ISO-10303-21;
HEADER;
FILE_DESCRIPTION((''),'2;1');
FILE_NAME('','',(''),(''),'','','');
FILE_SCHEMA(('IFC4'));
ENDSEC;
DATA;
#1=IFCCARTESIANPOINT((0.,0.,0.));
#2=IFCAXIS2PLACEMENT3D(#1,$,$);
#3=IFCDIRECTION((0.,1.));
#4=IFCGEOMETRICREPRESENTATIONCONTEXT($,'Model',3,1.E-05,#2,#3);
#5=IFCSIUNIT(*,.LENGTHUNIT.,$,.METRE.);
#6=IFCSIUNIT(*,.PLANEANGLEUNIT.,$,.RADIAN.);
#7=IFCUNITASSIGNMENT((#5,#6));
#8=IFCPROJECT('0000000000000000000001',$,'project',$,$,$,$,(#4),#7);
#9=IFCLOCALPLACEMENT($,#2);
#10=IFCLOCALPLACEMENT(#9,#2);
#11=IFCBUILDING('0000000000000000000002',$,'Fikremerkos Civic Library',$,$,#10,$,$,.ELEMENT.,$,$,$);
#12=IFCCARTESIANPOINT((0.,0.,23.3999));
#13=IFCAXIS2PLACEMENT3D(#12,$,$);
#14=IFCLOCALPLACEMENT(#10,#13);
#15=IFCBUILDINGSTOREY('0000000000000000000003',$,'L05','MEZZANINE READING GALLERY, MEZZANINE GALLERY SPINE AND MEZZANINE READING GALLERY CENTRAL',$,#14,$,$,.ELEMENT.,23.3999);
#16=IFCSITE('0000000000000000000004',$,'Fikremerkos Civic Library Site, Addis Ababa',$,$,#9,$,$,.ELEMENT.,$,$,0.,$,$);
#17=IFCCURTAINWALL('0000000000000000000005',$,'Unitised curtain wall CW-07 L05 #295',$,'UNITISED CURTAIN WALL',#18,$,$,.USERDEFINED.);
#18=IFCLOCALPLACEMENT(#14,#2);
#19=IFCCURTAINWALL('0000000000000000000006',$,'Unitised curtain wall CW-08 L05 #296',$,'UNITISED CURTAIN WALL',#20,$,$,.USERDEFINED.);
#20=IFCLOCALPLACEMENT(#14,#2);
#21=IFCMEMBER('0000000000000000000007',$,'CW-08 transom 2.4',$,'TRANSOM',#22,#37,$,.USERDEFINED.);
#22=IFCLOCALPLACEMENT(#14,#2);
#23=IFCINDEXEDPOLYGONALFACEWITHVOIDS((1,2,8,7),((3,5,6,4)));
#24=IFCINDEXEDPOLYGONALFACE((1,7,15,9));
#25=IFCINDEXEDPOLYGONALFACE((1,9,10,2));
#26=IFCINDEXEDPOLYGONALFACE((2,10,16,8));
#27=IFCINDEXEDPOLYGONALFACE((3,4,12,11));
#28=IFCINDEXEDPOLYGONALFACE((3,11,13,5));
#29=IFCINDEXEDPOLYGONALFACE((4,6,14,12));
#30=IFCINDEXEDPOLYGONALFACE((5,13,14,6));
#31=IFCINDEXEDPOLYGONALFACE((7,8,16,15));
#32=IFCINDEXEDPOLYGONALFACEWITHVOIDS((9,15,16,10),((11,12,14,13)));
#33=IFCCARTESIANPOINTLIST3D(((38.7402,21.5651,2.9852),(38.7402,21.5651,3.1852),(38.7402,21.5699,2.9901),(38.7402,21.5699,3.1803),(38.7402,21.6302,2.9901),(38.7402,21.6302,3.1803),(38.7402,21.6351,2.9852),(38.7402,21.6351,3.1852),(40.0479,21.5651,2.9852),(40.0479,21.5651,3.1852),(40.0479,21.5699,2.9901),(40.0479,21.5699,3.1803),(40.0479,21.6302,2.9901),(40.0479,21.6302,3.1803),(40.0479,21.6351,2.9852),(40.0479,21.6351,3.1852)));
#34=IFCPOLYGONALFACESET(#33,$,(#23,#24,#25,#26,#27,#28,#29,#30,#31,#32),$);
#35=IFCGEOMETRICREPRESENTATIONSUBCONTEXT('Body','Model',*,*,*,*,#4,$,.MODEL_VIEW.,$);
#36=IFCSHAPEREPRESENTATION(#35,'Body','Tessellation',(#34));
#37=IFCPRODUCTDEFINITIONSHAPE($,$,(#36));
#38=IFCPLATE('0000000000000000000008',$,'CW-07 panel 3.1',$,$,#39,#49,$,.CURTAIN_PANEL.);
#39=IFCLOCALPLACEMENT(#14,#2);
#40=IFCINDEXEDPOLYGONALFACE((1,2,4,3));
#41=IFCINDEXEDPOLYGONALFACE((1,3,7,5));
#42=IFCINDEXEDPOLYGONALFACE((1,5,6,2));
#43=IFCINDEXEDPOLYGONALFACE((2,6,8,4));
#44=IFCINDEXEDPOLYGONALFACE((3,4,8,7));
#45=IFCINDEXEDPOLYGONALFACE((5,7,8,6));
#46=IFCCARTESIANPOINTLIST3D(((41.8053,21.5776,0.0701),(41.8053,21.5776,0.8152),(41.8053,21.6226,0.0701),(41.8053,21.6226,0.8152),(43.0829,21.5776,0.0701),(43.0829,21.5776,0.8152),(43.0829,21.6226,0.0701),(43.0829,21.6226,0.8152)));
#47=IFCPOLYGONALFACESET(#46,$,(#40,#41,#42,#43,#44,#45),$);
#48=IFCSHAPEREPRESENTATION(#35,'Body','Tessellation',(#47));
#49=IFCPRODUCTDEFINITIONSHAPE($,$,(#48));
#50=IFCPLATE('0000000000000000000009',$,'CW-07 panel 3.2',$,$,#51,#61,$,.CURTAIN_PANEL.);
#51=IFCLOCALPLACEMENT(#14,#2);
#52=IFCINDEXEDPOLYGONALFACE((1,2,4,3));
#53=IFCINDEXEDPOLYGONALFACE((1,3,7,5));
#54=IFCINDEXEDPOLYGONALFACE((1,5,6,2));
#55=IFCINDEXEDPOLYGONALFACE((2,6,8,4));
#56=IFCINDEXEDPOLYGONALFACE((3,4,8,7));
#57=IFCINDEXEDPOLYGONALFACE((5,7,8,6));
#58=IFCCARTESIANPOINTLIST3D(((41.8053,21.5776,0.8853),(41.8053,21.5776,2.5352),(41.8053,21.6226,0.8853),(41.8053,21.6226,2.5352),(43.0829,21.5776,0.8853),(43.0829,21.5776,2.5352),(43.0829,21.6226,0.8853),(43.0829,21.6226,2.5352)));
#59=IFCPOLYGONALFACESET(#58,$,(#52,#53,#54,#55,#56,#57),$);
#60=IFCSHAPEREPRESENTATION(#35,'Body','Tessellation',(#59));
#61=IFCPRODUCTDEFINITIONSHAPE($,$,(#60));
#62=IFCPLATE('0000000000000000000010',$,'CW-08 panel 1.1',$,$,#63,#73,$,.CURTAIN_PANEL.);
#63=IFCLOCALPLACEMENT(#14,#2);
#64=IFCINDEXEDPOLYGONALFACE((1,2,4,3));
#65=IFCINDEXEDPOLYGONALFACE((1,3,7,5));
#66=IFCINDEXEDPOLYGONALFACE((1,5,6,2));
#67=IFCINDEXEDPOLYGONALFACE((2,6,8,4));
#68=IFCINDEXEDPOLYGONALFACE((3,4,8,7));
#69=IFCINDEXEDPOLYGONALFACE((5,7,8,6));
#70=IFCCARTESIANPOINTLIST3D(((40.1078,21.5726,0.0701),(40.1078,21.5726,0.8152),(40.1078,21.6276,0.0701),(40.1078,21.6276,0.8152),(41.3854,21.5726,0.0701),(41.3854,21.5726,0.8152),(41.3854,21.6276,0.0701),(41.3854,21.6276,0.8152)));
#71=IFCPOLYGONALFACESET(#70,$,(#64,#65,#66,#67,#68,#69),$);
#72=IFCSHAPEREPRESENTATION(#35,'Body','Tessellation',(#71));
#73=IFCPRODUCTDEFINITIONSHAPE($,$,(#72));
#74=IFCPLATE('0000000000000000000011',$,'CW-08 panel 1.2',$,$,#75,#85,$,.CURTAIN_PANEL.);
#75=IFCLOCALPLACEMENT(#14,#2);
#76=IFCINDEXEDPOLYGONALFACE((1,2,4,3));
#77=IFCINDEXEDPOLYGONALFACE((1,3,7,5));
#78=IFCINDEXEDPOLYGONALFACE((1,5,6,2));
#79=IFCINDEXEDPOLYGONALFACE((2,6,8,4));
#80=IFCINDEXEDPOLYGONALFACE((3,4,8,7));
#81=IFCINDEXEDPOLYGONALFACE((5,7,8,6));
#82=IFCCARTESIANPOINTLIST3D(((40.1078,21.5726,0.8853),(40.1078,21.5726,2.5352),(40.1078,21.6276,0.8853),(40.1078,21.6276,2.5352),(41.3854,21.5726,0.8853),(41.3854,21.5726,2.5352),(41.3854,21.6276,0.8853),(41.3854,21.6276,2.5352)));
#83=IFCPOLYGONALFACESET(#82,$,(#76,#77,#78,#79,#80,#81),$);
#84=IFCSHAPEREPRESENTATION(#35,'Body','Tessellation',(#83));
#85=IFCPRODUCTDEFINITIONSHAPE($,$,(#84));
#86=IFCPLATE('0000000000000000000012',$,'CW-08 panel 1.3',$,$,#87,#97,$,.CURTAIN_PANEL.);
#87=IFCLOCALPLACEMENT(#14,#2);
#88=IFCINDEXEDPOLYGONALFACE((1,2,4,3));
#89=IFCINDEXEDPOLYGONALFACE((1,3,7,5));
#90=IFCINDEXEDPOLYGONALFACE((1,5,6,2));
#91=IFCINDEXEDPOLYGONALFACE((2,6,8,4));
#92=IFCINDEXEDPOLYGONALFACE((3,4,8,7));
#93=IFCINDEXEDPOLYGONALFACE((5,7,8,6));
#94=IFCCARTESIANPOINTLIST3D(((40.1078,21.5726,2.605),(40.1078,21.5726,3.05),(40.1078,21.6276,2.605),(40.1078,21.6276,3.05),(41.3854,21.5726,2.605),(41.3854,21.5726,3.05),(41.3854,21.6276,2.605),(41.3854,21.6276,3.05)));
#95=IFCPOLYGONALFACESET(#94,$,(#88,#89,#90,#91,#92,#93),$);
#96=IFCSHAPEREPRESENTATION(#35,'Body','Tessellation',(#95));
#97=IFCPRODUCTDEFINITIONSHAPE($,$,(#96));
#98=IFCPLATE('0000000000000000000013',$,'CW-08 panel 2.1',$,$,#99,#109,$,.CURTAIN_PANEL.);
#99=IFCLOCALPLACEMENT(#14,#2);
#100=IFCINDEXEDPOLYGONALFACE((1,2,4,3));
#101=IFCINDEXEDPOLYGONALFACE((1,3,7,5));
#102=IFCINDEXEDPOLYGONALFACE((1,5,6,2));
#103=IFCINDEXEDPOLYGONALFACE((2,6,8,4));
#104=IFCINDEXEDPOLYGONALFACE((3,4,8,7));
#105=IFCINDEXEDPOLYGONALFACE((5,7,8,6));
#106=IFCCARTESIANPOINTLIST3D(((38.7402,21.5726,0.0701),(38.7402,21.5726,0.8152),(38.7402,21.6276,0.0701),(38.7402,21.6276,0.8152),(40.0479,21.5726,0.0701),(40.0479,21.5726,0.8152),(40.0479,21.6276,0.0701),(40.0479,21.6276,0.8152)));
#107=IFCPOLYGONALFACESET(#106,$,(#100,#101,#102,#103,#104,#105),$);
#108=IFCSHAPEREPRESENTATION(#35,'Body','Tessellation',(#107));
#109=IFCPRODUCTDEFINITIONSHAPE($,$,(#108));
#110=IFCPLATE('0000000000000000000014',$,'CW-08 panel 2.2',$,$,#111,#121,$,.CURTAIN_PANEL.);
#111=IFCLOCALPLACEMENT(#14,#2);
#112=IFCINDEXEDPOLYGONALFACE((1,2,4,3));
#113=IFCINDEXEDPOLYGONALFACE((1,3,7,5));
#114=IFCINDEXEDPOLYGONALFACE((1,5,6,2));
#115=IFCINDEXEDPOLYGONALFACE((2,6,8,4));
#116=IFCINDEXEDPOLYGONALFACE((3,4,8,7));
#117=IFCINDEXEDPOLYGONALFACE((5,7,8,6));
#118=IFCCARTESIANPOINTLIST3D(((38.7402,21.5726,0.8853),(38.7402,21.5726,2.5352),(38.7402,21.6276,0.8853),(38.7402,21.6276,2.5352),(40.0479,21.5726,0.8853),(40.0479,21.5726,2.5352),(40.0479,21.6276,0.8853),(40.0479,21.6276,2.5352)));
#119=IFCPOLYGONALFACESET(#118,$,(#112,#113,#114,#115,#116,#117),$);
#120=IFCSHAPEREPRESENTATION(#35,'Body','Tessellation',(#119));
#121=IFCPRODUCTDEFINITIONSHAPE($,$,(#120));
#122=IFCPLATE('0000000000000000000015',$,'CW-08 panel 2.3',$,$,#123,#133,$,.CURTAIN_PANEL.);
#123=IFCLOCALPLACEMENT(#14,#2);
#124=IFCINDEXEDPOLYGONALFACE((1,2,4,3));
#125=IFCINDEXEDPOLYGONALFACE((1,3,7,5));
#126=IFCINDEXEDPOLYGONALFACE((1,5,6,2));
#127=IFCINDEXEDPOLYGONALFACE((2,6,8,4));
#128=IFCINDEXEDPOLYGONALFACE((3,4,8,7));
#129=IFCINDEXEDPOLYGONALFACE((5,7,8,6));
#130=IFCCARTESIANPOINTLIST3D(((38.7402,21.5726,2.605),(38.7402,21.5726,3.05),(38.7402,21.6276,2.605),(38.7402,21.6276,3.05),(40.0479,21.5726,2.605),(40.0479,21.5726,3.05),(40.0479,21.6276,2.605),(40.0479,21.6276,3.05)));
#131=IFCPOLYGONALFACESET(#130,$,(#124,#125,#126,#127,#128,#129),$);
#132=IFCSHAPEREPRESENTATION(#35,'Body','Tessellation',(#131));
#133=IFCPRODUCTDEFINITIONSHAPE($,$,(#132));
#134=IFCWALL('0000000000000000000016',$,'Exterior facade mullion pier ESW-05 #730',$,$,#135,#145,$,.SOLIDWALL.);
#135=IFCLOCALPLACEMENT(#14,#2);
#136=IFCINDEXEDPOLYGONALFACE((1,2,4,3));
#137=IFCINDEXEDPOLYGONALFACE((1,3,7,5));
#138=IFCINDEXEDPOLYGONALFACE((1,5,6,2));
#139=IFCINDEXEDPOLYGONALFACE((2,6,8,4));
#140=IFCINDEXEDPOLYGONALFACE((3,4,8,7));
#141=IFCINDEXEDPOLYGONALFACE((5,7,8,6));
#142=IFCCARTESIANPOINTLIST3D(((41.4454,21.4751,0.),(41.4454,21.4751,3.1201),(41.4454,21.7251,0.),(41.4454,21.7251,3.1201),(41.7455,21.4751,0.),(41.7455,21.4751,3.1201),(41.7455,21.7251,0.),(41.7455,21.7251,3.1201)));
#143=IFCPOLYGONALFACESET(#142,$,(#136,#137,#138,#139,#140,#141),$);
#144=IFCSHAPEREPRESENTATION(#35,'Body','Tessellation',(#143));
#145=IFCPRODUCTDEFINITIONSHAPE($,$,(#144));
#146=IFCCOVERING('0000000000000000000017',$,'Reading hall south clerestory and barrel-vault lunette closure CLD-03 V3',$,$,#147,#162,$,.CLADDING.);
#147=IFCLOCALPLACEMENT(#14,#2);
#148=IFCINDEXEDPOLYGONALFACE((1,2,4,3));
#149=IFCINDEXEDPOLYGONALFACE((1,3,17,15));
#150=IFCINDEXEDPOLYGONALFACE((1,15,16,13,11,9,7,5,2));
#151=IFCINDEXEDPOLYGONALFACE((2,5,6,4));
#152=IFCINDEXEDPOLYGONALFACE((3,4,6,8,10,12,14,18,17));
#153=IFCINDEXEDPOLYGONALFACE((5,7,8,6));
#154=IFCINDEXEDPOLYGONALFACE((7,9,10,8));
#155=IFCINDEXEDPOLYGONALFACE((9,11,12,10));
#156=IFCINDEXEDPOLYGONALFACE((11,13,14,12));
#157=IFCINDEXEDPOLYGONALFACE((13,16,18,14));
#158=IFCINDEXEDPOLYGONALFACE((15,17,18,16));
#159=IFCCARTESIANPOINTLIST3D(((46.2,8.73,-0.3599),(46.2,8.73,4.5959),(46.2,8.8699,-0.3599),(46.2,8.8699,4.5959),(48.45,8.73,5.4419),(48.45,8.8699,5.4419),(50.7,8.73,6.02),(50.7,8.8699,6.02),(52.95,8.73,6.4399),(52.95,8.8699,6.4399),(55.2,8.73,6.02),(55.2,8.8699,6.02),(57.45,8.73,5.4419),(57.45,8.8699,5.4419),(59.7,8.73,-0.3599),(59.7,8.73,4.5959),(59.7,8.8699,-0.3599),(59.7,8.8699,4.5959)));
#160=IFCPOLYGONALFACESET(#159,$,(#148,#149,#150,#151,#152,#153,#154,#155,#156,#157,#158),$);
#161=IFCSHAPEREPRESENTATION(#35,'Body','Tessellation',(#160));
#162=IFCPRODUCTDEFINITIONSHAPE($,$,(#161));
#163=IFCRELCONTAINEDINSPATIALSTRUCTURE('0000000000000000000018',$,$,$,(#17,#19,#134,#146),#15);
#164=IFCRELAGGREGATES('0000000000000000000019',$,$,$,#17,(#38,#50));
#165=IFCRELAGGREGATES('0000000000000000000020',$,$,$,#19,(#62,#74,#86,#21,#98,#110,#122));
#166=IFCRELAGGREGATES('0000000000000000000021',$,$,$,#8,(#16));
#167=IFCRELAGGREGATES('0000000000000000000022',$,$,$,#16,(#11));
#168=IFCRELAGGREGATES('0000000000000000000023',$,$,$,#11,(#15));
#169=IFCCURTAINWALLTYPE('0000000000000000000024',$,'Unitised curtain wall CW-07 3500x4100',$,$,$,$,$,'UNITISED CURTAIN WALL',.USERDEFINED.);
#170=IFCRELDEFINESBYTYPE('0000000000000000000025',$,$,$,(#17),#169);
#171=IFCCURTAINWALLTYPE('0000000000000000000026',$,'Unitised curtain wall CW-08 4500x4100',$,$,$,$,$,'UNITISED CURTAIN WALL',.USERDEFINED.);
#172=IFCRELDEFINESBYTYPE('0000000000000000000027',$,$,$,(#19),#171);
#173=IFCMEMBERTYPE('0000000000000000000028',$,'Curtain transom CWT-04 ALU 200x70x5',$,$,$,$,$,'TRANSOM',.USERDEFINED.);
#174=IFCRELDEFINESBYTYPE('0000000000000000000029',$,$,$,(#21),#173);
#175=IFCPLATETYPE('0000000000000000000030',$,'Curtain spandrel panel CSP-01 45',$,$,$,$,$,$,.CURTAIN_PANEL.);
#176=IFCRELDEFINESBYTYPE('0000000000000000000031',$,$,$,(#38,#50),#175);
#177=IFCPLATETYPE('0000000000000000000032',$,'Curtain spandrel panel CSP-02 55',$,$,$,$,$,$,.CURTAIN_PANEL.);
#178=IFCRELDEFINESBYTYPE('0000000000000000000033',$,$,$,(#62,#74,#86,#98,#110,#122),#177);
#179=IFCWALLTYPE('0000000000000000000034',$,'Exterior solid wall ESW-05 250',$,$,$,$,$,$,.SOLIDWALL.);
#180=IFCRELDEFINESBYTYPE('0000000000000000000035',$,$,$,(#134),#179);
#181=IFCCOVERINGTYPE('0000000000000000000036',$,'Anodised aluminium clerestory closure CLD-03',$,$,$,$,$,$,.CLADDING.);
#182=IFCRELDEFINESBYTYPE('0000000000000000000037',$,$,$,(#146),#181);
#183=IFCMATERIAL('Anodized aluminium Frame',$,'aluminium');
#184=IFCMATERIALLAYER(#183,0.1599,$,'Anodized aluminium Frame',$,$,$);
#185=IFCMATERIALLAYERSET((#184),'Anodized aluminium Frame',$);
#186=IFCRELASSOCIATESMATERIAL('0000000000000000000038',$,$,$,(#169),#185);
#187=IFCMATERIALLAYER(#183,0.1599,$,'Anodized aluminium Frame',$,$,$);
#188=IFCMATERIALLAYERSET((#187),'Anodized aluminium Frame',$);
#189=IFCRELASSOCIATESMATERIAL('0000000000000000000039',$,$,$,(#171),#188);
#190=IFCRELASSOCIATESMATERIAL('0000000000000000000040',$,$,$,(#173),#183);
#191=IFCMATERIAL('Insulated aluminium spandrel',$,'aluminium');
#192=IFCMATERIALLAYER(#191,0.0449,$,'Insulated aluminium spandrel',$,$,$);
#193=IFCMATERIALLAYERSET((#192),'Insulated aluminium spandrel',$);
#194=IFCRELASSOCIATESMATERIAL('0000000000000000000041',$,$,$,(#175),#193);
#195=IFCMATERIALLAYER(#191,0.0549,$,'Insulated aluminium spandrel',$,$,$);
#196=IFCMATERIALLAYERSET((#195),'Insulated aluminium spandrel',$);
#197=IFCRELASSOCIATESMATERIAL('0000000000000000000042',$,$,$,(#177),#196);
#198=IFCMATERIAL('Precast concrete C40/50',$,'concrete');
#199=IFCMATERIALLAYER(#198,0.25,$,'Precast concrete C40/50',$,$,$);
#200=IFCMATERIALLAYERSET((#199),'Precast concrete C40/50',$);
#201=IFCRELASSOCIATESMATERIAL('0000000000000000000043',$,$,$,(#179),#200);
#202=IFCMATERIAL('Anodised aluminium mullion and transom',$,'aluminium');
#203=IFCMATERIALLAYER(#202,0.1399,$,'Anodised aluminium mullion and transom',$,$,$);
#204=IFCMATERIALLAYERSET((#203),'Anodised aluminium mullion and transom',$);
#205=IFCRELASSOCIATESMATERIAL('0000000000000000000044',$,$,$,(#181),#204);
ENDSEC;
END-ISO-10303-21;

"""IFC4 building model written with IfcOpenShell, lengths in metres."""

from ifc_helpers import new_model, si_unit, direction, frame, frame_2d, origin, origin_2d, place, context, subcontext, project, spatial, polyline, rectangle, hollow_rectangle, outline, extrude, material, layer, layer_set, material_profile, profile_set, type_object, element, aggregate, save


model = new_model("IFC4")

# Units and contexts
model_context = context("Model", 3, precision=1e-05, world=origin(), true_north=direction((0.0, 1.0)))
body_context = subcontext(model_context, "Body", "Model", "MODEL_VIEW")
ifc_project = project(units=[si_unit("LENGTHUNIT", "METRE"), si_unit("PLANEANGLEUNIT", "RADIAN")], contexts=[model_context])

# Site, building, storey
site_placement = place(None, origin())
site = spatial("IfcSite", under=ifc_project, at=site_placement, Name="Fikremerkos Civic Library Site, Addis Ababa", CompositionType="ELEMENT", RefElevation=0.0)
building_placement = place(site_placement, origin())
building = spatial("IfcBuilding", under=site, at=building_placement, Name="Fikremerkos Civic Library", CompositionType="ELEMENT")
storey_placement = place(building_placement, frame((0.0, 0.0, 23.3999)))
storey = spatial("IfcBuildingStorey", under=building, at=storey_placement, Name="L05", Description="MEZZANINE READING GALLERY, MEZZANINE GALLERY SPINE AND MEZZANINE READING GALLERY CENTRAL", CompositionType="ELEMENT", Elevation=23.3999)

# Curtain wall
ifc_material_1 = material(Name="Anodized aluminium Frame", Category="aluminium")
ifc_layer_1 = layer(ifc_material_1, 0.1599, Name="Anodized aluminium Frame")
ifc_layer_set_1 = layer_set([ifc_layer_1], Name="Anodized aluminium Frame")
curtain_wall_type_1 = type_object("IfcCurtainWallType", Name="Unitised curtain wall CW-07 3500x4100", ElementType="UNITISED CURTAIN WALL", PredefinedType="USERDEFINED", material=ifc_layer_set_1)
curtain_wall_1_placement = place(storey_placement, origin())
curtain_wall_1 = element("IfcCurtainWall", 1, at=curtain_wall_1_placement, inside=storey, type_object=curtain_wall_type_1, Name="Unitised curtain wall CW-07 L05 #295", ObjectType="UNITISED CURTAIN WALL", PredefinedType="USERDEFINED")

# Curtain wall, member
ifc_layer_2 = layer(ifc_material_1, 0.1599, Name="Anodized aluminium Frame")
ifc_layer_set_2 = layer_set([ifc_layer_2], Name="Anodized aluminium Frame")
curtain_wall_type_2 = type_object("IfcCurtainWallType", Name="Unitised curtain wall CW-08 4500x4100", ElementType="UNITISED CURTAIN WALL", PredefinedType="USERDEFINED", material=ifc_layer_set_2)
curtain_wall_2_placement = place(storey_placement, origin())
curtain_wall_2 = element("IfcCurtainWall", 2, at=curtain_wall_2_placement, inside=storey, type_object=curtain_wall_type_2, Name="Unitised curtain wall CW-08 L05 #296", ObjectType="UNITISED CURTAIN WALL", PredefinedType="USERDEFINED")
ifc_material_profile_1 = material_profile(ifc_material_1, hollow_rectangle(XDim=0.0701, YDim=0.2, WallThickness=0.0049, at=origin_2d()), Name="ALU 200x70x5")
ifc_profile_set_1 = profile_set([ifc_material_profile_1], Name="Anodized aluminium Frame")
member_type_1 = type_object("IfcMemberType", Name="Curtain transom CWT-04 ALU 200x70x5", ElementType="TRANSOM", PredefinedType="USERDEFINED", material=ifc_profile_set_1)
member_1_placement = place(storey_placement, frame((40.0479, 21.6001, 3.0852), z_axis=(-1.0, 0.0, 0.0), x_axis=(0.0, -1.0, 0.0)))
member_1 = element("IfcMember", 3, at=member_1_placement, type_object=member_type_1, Name="CW-08 transom 2.4", ObjectType="TRANSOM", PredefinedType="USERDEFINED", context=body_context, shape_type="SweptSolid", body=[
    extrude(hollow_rectangle(XDim=0.0701, YDim=0.2, WallThickness=0.0049, at=origin_2d()), origin(), (0.0, 0.0, 1.0), 1.3076),
])

# Plates
ifc_material_2 = material(Name="Insulated aluminium spandrel", Category="aluminium")
ifc_layer_3 = layer(ifc_material_2, 0.0449, Name="Insulated aluminium spandrel")
ifc_layer_set_3 = layer_set([ifc_layer_3], Name="Insulated aluminium spandrel")
plate_type_1 = type_object("IfcPlateType", Name="Curtain spandrel panel CSP-01 45", PredefinedType="CURTAIN_PANEL", material=ifc_layer_set_3)
plate_1_placement = place(storey_placement, frame((42.4441, 21.6001, 0.0701), z_axis=(0.0, 0.0, 1.0), x_axis=(-1.0, 0.0, 0.0)))
plate_1 = element("IfcPlate", 4, at=plate_1_placement, type_object=plate_type_1, Name="CW-07 panel 3.1", PredefinedType="CURTAIN_PANEL", context=body_context, shape_type="SweptSolid", body=[
    extrude(rectangle(XDim=1.2776, YDim=0.0449, at=origin_2d()), origin(), (0.0, 0.0, 1.0), 0.7451),
])
plate_2_placement = place(storey_placement, frame((42.4441, 21.6001, 0.8853), z_axis=(0.0, 0.0, 1.0), x_axis=(-1.0, 0.0, 0.0)))
plate_2 = element("IfcPlate", 5, at=plate_2_placement, type_object=plate_type_1, Name="CW-07 panel 3.2", PredefinedType="CURTAIN_PANEL", context=body_context, shape_type="SweptSolid", body=[
    extrude(rectangle(XDim=1.2776, YDim=0.0449, at=origin_2d()), origin(), (0.0, 0.0, 1.0), 1.6499),
])
aggregate(curtain_wall_1, [plate_1, plate_2])
ifc_layer_4 = layer(ifc_material_2, 0.0549, Name="Insulated aluminium spandrel")
ifc_layer_set_4 = layer_set([ifc_layer_4], Name="Insulated aluminium spandrel")
plate_type_2 = type_object("IfcPlateType", Name="Curtain spandrel panel CSP-02 55", PredefinedType="CURTAIN_PANEL", material=ifc_layer_set_4)
plate_3_placement = place(storey_placement, frame((40.7466, 21.6001, 0.0701), z_axis=(0.0, 0.0, 1.0), x_axis=(-1.0, 0.0, 0.0)))
plate_3 = element("IfcPlate", 6, at=plate_3_placement, type_object=plate_type_2, Name="CW-08 panel 1.1", PredefinedType="CURTAIN_PANEL", context=body_context, shape_type="SweptSolid", body=[
    extrude(rectangle(XDim=1.2776, YDim=0.0549, at=origin_2d()), origin(), (0.0, 0.0, 1.0), 0.7451),
])
plate_4_placement = place(storey_placement, frame((40.7466, 21.6001, 0.8853), z_axis=(0.0, 0.0, 1.0), x_axis=(-1.0, 0.0, 0.0)))
plate_4 = element("IfcPlate", 7, at=plate_4_placement, type_object=plate_type_2, Name="CW-08 panel 1.2", PredefinedType="CURTAIN_PANEL", context=body_context, shape_type="SweptSolid", body=[
    extrude(rectangle(XDim=1.2776, YDim=0.0549, at=origin_2d()), origin(), (0.0, 0.0, 1.0), 1.6499),
])
plate_5_placement = place(storey_placement, frame((40.7466, 21.6001, 2.605), z_axis=(0.0, 0.0, 1.0), x_axis=(-1.0, 0.0, 0.0)))
plate_5 = element("IfcPlate", 8, at=plate_5_placement, type_object=plate_type_2, Name="CW-08 panel 1.3", PredefinedType="CURTAIN_PANEL", context=body_context, shape_type="SweptSolid", body=[
    extrude(rectangle(XDim=1.2776, YDim=0.0549, at=origin_2d()), origin(), (0.0, 0.0, 1.0), 0.4451),
])
plate_6_placement = place(storey_placement, frame((39.394, 21.6001, 0.0701), z_axis=(0.0, 0.0, 1.0), x_axis=(-1.0, 0.0, 0.0)))
plate_6 = element("IfcPlate", 9, at=plate_6_placement, type_object=plate_type_2, Name="CW-08 panel 2.1", PredefinedType="CURTAIN_PANEL", context=body_context, shape_type="SweptSolid", body=[
    extrude(rectangle(XDim=1.3076, YDim=0.0549, at=origin_2d()), origin(), (0.0, 0.0, 1.0), 0.7451),
])
plate_7_placement = place(storey_placement, frame((39.394, 21.6001, 0.8853), z_axis=(0.0, 0.0, 1.0), x_axis=(-1.0, 0.0, 0.0)))
plate_7 = element("IfcPlate", 10, at=plate_7_placement, type_object=plate_type_2, Name="CW-08 panel 2.2", PredefinedType="CURTAIN_PANEL", context=body_context, shape_type="SweptSolid", body=[
    extrude(rectangle(XDim=1.3076, YDim=0.0549, at=origin_2d()), origin(), (0.0, 0.0, 1.0), 1.6499),
])
plate_8_placement = place(storey_placement, frame((39.394, 21.6001, 2.605), z_axis=(0.0, 0.0, 1.0), x_axis=(-1.0, 0.0, 0.0)))
plate_8 = element("IfcPlate", 11, at=plate_8_placement, type_object=plate_type_2, Name="CW-08 panel 2.3", PredefinedType="CURTAIN_PANEL", context=body_context, shape_type="SweptSolid", body=[
    extrude(rectangle(XDim=1.3076, YDim=0.0549, at=origin_2d()), origin(), (0.0, 0.0, 1.0), 0.4451),
])
aggregate(curtain_wall_2, [plate_3, plate_4, plate_5, member_1, plate_6, plate_7, plate_8])

# Wall
ifc_material_3 = material(Name="Precast concrete C40/50", Category="concrete")
ifc_layer_5 = layer(ifc_material_3, 0.25, Name="Precast concrete C40/50")
ifc_layer_set_5 = layer_set([ifc_layer_5], Name="Precast concrete C40/50")
wall_type = type_object("IfcWallType", Name="Exterior solid wall ESW-05 250", PredefinedType="SOLIDWALL", material=ifc_layer_set_5)
wall_placement = place(storey_placement, frame((41.7454, 21.6001, 0.0), z_axis=(0.0, 0.0, 1.0), x_axis=(-1.0, 0.0, 0.0)))
element("IfcWall", 12, at=wall_placement, inside=storey, type_object=wall_type, Name="Exterior facade mullion pier ESW-05 #730", PredefinedType="SOLIDWALL", context=body_context, shape_type="SweptSolid", body=[
    extrude(rectangle(XDim=0.3, YDim=0.25, at=frame_2d((0.1499, 0.0))), origin(), (0.0, 0.0, 1.0), 3.1201),
])

# Covering
ifc_material_4 = material(Name="Anodised aluminium mullion and transom", Category="aluminium")
ifc_layer_6 = layer(ifc_material_4, 0.1399, Name="Anodised aluminium mullion and transom")
ifc_layer_set_6 = layer_set([ifc_layer_6], Name="Anodised aluminium mullion and transom")
covering_type = type_object("IfcCoveringType", Name="Anodised aluminium clerestory closure CLD-03", PredefinedType="CLADDING", material=ifc_layer_set_6)
covering_placement = place(storey_placement, frame((46.2, 8.8, -0.3599), z_axis=(0.0, 0.0, 1.0), x_axis=(1.0, 0.0, 0.0)))
element("IfcCovering", 13, at=covering_placement, inside=storey, type_object=covering_type, Name="Reading hall south clerestory and barrel-vault lunette closure CLD-03 V3", PredefinedType="CLADDING", context=body_context, shape_type="SweptSolid", body=[
    extrude(outline(polyline([(0.0, 0.0), (13.5, 0.0), (13.5, 4.9558), (11.25, 5.8018), (9.0, 6.3799), (6.75, 6.7998), (4.5, 6.3799), (2.25, 5.8018), (0.0, 4.9558), (0.0, 0.0)])), frame((0.0, 0.0698, 0.0), z_axis=(0.0, -1.0, 0.0), x_axis=(1.0, 0.0, 0.0)), (0.0, 0.0, 1.0), 0.1399),
])

save(model, "model.ifc")
